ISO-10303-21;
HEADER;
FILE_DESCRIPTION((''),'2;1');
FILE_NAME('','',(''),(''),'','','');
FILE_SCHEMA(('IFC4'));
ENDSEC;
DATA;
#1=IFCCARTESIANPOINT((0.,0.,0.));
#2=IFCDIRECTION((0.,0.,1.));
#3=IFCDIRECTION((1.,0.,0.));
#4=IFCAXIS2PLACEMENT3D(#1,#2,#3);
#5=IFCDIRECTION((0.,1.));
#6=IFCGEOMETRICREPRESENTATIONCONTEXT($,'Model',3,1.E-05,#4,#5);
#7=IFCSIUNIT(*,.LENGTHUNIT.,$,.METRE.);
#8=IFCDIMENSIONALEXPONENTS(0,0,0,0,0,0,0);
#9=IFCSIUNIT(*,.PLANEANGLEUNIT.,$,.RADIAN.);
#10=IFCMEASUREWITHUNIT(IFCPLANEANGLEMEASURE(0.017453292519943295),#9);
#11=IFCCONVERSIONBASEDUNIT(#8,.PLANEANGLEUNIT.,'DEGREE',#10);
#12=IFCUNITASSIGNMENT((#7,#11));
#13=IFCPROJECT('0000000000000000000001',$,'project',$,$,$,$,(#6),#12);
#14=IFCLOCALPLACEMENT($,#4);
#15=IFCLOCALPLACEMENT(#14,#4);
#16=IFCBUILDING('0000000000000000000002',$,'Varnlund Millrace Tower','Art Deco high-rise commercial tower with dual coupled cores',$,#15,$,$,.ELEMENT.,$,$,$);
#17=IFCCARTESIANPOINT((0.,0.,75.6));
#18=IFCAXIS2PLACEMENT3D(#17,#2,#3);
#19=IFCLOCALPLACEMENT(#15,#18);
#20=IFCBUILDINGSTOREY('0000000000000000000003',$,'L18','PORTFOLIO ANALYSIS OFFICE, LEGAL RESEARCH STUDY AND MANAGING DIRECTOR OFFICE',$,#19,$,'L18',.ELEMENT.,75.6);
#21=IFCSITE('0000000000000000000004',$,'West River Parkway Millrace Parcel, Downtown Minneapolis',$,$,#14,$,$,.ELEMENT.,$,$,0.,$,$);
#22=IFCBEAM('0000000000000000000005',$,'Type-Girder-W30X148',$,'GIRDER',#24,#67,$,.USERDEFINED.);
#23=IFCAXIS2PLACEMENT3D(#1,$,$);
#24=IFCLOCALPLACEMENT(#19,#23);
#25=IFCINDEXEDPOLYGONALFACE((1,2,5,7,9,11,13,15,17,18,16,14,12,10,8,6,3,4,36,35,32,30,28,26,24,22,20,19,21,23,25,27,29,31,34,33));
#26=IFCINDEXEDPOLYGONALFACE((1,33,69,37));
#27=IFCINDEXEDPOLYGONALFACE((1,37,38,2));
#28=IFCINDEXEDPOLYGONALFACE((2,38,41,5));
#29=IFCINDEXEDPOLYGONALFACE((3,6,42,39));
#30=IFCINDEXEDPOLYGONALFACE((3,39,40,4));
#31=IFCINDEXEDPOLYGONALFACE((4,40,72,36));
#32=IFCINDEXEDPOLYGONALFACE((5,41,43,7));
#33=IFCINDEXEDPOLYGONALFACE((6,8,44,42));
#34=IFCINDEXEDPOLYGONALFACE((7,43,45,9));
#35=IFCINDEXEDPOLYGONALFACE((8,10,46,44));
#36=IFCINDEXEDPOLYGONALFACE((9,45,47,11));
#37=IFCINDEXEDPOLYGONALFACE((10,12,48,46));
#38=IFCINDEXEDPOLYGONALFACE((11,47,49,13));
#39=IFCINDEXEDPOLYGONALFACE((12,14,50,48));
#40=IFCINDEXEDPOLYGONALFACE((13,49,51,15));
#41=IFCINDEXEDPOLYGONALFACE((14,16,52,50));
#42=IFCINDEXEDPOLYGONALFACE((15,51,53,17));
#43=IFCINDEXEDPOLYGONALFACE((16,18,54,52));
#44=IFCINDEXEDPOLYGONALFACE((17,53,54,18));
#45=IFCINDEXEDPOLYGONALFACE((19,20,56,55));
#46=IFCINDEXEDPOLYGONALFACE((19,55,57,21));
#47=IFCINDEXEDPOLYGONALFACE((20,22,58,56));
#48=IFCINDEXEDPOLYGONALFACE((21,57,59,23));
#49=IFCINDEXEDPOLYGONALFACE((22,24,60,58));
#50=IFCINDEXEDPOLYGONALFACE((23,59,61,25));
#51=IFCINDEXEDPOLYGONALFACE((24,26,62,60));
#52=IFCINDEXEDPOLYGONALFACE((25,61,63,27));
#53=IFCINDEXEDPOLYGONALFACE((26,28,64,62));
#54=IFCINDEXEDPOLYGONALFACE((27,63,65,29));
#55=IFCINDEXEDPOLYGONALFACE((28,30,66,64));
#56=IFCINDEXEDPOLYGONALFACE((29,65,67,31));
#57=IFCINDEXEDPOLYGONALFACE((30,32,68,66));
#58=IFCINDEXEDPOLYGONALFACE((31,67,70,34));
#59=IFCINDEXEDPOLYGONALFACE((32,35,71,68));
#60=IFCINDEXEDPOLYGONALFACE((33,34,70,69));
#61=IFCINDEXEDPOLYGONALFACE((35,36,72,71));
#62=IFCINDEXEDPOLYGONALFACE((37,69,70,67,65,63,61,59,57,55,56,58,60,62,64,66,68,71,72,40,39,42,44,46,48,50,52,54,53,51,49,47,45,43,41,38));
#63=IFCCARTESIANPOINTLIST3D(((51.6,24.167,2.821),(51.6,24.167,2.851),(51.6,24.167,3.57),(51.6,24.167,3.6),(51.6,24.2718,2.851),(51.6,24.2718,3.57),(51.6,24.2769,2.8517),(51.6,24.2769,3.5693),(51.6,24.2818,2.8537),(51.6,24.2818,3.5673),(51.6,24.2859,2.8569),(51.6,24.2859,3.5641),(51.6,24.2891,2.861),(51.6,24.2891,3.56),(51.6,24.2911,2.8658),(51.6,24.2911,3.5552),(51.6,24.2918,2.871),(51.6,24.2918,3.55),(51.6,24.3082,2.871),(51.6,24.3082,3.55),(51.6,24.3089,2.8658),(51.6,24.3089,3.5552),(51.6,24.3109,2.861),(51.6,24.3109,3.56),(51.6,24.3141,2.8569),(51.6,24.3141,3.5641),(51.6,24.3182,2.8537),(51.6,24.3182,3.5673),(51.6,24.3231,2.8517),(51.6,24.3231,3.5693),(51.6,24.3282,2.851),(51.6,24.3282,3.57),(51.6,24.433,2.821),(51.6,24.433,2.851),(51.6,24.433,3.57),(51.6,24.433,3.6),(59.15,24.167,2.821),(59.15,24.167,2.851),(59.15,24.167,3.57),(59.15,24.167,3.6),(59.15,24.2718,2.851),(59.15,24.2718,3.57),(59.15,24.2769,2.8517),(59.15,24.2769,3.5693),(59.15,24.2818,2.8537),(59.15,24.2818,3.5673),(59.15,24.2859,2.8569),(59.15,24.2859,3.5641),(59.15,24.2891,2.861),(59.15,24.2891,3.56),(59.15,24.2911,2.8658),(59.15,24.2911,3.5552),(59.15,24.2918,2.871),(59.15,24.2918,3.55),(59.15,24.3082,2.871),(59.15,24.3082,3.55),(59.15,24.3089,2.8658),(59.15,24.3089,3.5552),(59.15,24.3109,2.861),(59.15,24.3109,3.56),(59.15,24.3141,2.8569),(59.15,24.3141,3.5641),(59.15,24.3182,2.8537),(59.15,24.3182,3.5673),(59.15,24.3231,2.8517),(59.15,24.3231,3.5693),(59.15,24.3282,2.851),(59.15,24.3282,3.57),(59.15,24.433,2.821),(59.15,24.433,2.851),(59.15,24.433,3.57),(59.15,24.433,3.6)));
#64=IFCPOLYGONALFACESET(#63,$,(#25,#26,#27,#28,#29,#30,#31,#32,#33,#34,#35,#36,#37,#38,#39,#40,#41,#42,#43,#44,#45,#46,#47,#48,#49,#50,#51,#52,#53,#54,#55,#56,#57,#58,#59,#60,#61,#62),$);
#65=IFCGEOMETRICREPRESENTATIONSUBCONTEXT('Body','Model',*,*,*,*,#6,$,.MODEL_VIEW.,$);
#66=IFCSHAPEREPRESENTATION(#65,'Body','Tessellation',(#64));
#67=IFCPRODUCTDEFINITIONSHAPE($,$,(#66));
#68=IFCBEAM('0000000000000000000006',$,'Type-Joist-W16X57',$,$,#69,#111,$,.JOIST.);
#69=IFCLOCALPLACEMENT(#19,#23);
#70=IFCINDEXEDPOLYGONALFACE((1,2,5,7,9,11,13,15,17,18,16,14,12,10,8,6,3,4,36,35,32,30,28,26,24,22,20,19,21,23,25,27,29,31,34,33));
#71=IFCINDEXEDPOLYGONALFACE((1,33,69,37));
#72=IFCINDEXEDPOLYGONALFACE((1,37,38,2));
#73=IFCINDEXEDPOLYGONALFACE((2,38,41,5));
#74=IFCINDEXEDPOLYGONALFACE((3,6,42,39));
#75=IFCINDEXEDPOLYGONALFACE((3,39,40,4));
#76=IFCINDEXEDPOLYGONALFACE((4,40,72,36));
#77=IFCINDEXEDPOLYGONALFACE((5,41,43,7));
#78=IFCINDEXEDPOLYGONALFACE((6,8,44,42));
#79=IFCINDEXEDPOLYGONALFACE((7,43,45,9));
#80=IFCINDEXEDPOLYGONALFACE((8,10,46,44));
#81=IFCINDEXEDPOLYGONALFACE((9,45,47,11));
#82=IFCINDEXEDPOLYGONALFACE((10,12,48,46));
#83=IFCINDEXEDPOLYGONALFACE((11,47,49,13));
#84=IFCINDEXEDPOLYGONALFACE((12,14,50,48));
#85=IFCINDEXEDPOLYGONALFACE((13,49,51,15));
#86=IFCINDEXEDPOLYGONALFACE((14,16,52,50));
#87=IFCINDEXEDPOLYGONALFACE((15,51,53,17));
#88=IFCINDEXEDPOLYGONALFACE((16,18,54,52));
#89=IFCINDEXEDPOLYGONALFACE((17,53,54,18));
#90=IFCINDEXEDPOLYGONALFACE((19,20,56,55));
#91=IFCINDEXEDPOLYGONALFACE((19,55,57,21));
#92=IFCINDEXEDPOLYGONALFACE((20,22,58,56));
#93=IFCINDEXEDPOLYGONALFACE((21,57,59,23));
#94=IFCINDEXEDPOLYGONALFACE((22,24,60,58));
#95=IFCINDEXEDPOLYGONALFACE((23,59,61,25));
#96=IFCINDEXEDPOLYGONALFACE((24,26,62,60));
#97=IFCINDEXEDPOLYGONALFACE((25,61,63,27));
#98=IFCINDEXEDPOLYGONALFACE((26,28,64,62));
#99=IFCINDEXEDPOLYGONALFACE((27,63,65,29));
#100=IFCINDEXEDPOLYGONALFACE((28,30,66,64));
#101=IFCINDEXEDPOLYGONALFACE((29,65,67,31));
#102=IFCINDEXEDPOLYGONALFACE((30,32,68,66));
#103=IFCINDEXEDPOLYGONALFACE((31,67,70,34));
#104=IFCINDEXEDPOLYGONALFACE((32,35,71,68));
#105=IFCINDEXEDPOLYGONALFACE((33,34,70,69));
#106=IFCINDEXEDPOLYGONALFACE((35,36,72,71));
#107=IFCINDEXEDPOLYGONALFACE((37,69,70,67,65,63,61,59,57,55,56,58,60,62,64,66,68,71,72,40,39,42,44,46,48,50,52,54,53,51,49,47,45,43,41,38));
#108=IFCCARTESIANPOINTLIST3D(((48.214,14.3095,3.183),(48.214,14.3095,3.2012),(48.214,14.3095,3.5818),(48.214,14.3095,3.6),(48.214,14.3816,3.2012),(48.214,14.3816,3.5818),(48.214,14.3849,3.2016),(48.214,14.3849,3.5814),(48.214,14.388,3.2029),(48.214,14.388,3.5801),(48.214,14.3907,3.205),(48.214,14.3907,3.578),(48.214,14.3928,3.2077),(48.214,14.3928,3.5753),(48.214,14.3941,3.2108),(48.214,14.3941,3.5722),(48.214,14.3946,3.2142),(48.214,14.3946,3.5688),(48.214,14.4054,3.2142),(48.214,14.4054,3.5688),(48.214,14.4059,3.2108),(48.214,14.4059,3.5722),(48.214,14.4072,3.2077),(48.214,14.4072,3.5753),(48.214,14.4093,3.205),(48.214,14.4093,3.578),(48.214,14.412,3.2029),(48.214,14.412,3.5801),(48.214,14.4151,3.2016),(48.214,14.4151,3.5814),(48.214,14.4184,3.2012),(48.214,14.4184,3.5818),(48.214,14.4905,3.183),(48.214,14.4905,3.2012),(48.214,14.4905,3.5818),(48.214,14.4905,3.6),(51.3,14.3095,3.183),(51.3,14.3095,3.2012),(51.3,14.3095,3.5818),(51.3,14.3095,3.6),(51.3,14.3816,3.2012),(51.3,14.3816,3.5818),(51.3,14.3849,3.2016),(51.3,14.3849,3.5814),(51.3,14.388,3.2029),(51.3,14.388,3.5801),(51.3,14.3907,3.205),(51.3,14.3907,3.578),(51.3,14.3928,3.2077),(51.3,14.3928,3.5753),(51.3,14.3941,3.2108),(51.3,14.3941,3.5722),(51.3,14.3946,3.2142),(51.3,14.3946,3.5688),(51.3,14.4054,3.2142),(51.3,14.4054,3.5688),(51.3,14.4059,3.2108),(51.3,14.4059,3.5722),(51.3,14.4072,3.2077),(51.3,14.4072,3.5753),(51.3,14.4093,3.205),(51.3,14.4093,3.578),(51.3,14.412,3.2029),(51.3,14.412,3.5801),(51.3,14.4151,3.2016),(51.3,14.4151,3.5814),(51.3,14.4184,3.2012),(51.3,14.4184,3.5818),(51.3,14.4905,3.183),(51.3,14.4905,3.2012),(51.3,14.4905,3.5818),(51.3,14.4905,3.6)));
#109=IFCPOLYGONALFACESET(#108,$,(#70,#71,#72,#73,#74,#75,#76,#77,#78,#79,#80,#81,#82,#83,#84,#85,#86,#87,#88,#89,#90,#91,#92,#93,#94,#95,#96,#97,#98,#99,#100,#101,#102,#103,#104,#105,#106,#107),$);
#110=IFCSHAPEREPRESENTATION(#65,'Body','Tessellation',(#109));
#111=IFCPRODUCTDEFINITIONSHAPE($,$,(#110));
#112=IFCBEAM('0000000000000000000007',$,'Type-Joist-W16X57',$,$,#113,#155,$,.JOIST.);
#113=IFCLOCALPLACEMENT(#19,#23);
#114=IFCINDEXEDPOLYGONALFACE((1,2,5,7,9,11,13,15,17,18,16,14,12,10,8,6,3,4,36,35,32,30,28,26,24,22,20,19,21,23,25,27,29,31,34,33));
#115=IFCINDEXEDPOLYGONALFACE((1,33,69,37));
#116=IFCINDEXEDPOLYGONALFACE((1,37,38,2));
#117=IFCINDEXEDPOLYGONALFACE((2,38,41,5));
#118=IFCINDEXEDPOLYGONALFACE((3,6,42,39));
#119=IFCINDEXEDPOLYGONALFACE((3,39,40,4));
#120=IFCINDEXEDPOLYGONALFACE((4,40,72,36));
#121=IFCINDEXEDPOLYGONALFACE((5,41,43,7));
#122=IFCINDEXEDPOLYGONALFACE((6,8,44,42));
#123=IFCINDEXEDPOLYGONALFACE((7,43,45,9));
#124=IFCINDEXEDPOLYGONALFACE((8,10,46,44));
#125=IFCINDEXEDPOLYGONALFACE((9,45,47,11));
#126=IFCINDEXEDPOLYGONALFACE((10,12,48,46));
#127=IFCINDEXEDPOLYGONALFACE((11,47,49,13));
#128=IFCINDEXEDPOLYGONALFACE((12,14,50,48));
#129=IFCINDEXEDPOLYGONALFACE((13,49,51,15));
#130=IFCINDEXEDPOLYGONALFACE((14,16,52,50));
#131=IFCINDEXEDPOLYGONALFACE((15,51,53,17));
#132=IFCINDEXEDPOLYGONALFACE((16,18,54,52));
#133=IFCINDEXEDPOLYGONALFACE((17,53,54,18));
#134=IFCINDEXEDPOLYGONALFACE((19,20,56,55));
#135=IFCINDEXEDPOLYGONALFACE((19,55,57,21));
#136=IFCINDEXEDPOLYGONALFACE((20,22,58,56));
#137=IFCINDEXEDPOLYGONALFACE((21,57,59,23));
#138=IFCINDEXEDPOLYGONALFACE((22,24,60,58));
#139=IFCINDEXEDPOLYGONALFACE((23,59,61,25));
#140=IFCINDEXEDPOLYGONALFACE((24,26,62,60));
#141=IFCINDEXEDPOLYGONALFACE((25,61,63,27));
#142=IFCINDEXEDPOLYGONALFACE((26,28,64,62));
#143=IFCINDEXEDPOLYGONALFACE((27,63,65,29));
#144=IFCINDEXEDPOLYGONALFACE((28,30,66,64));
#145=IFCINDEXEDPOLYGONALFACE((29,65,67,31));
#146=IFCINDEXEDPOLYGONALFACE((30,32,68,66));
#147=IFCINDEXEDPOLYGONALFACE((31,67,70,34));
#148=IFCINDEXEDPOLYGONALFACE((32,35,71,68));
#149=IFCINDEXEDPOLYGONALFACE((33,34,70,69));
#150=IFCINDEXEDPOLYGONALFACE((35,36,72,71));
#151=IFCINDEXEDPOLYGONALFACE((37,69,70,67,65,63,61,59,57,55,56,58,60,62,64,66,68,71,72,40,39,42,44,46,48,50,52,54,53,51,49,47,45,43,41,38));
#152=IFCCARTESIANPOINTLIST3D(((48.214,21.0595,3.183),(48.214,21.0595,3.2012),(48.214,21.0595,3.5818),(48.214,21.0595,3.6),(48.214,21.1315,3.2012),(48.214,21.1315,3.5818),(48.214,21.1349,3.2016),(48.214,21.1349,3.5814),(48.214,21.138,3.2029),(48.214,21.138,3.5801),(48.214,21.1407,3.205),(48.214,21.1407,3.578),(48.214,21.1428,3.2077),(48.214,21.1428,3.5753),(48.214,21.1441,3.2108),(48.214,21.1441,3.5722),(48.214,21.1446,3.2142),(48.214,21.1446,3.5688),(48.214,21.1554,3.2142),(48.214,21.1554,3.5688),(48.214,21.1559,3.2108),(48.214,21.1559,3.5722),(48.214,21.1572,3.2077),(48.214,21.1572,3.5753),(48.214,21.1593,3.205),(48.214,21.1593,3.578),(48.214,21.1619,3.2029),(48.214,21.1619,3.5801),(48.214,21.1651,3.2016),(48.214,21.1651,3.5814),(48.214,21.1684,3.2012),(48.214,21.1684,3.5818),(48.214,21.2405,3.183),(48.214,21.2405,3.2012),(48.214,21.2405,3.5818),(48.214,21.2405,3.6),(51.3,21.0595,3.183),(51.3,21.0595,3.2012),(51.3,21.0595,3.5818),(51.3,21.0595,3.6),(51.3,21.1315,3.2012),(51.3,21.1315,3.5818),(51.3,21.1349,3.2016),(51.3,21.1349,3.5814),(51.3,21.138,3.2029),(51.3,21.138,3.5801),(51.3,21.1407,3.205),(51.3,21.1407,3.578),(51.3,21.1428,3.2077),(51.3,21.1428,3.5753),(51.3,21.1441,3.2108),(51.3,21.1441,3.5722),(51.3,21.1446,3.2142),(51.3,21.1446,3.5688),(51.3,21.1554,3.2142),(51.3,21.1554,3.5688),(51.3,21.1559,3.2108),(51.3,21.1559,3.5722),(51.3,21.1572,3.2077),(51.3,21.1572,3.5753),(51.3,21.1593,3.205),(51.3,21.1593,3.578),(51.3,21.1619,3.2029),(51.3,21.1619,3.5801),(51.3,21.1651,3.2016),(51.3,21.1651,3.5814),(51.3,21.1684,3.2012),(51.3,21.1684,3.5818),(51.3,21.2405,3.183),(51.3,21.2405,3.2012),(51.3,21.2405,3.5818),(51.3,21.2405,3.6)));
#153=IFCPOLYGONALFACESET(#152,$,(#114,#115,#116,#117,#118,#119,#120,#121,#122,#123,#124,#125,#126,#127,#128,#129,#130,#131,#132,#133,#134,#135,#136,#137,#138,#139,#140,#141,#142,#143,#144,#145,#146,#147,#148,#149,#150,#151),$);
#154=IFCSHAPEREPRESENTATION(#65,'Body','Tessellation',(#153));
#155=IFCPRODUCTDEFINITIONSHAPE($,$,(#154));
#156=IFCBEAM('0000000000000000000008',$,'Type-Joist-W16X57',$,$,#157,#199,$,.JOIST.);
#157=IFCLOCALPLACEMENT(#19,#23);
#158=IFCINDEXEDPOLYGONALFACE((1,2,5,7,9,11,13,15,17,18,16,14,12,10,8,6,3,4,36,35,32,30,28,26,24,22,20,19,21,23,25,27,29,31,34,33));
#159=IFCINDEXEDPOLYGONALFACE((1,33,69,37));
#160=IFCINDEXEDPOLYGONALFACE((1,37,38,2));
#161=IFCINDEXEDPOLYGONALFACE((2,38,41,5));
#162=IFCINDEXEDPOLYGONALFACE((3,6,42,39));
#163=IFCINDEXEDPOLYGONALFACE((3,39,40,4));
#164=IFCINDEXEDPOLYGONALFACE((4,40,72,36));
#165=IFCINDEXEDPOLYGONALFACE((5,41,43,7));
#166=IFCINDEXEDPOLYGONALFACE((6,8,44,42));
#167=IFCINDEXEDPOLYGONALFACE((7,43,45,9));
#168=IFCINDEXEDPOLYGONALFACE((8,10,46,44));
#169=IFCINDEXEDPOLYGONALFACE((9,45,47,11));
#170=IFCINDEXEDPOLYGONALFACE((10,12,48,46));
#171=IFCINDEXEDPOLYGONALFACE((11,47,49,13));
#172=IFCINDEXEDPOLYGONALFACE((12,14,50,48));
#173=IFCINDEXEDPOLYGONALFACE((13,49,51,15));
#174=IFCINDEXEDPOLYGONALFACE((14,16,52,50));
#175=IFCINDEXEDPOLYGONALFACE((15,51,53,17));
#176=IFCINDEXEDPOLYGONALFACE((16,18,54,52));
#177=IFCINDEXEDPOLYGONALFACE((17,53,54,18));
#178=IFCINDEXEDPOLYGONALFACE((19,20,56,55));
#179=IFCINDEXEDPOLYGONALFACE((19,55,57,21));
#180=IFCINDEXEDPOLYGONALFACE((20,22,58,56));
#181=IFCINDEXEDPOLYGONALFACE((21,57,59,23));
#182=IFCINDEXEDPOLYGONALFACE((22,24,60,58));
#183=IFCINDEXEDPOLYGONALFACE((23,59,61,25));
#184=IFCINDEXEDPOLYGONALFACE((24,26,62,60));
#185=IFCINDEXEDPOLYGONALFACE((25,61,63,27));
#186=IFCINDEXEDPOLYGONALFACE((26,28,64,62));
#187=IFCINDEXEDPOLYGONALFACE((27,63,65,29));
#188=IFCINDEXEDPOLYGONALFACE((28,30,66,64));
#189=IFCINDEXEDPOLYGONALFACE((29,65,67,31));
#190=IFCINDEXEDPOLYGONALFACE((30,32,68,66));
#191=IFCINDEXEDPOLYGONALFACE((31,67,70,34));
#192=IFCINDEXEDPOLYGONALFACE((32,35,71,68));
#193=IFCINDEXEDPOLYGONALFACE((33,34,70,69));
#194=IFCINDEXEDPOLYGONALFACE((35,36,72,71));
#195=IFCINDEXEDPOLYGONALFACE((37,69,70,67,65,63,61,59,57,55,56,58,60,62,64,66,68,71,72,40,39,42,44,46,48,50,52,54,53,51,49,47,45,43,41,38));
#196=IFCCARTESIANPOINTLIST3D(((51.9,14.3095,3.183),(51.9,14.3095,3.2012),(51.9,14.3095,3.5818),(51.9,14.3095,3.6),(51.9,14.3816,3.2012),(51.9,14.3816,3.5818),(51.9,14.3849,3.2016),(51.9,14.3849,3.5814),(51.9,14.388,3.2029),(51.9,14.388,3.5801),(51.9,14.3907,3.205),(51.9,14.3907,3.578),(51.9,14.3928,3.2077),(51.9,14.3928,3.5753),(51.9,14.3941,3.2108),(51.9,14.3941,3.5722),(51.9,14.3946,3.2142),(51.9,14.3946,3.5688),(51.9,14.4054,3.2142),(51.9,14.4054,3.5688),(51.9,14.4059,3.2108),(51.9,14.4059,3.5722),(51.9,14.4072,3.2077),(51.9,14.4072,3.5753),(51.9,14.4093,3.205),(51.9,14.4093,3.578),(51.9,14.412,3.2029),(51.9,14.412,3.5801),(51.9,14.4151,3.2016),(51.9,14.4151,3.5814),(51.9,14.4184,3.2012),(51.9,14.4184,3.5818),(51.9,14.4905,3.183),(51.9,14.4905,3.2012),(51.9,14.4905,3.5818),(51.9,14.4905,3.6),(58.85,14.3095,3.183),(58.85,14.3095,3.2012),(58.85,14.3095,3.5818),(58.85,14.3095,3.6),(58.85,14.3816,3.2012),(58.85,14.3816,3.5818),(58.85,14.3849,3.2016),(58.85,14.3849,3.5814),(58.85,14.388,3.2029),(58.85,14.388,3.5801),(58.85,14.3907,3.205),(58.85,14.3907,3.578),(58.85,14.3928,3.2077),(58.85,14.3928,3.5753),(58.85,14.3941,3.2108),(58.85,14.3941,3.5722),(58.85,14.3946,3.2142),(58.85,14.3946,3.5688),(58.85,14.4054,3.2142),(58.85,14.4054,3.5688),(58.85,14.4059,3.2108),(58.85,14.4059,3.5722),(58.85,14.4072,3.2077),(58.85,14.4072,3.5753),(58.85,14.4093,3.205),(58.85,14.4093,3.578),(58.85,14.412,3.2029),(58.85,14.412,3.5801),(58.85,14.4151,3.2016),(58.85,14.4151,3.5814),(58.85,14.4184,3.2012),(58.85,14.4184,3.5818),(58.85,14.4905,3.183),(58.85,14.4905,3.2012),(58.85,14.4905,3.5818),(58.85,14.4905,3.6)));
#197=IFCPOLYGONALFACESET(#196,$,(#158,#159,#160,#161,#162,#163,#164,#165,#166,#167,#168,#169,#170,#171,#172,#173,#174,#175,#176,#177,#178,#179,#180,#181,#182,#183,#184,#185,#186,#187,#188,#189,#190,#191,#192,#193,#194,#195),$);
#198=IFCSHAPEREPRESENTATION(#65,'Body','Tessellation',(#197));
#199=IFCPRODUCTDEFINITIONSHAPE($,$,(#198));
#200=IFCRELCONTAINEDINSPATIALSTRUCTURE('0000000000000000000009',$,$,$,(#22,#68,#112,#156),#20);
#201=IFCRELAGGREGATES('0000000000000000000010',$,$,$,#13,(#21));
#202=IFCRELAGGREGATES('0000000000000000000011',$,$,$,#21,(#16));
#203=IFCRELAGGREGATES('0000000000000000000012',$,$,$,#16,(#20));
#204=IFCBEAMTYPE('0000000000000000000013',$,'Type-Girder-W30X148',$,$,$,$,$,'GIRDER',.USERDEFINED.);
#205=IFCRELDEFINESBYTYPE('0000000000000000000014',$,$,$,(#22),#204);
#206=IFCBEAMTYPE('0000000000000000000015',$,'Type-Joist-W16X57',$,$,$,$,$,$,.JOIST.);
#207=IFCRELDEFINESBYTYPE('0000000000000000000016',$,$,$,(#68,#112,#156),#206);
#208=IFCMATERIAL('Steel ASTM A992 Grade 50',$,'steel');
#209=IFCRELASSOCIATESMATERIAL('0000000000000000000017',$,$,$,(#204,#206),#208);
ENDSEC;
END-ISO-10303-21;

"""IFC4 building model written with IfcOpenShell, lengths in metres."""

from ifc_helpers import new_model, entity, si_unit, converted_unit, direction, frame, origin_with_axes, origin_2d_with_axis, place, context, subcontext, project, spatial, i_section, extrude, material, material_profile, profile_set, type_object, element, save


model = new_model("IFC4")

# Units and contexts
model_context = context("Model", 3, precision=1e-05, world=origin_with_axes(), true_north=direction((0.0, 1.0)))
body_context = subcontext(model_context, "Body", "Model", "MODEL_VIEW")
ifc_project = project(units=[si_unit("LENGTHUNIT", "METRE"), converted_unit("PLANEANGLEUNIT", "DEGREE", entity("IfcPlaneAngleMeasure", 0.017453292519943295), si_unit("PLANEANGLEUNIT", "RADIAN"), dimensions=[0, 0, 0, 0, 0, 0, 0])], contexts=[model_context])

# Site, building, storey
site_placement = place(None, origin_with_axes())
site = spatial("IfcSite", under=ifc_project, at=site_placement, Name="West River Parkway Millrace Parcel, Downtown Minneapolis", CompositionType="ELEMENT", RefElevation=0.0)
building_placement = place(site_placement, origin_with_axes())
building = spatial("IfcBuilding", under=site, at=building_placement, Name="Varnlund Millrace Tower", Description="Art Deco high-rise commercial tower with dual coupled cores", CompositionType="ELEMENT")
storey_placement = place(building_placement, frame((0.0, 0.0, 75.6), z_axis=(0.0, 0.0, 1.0), x_axis=(1.0, 0.0, 0.0)))
storey = spatial("IfcBuildingStorey", under=building, at=storey_placement, Name="L18", Description="PORTFOLIO ANALYSIS OFFICE, LEGAL RESEARCH STUDY AND MANAGING DIRECTOR OFFICE", LongName="L18", CompositionType="ELEMENT", Elevation=75.6)

# Beams
ifc_material_1 = material(Name="Steel ASTM A992 Grade 50", Category="steel")
ifc_material_profile_1 = material_profile(ifc_material_1, i_section(OverallWidth=0.266, OverallDepth=0.779, WebThickness=0.0165, FlangeThickness=0.03, FilletRadius=0.02, at=origin_2d_with_axis()), Name="Steel ASTM A992 Grade 50")
ifc_profile_set_1 = profile_set([ifc_material_profile_1], Name="Steel ASTM A992 Grade 50")
beam_type_1 = type_object("IfcBeamType", Name="Type-Girder-W30X148", ElementType="GIRDER", PredefinedType="USERDEFINED", material=ifc_profile_set_1)
beam_1_placement = place(storey_placement, frame((51.6, 24.3, 3.2105), z_axis=(1.0, 0.0, 0.0), x_axis=(0.0, 1.0, 0.0)))
element("IfcBeam", 1, at=beam_1_placement, inside=storey, type_object=beam_type_1, Name="Type-Girder-W30X148", ObjectType="GIRDER", PredefinedType="USERDEFINED", context=body_context, shape_type="SweptSolid", body=[
    extrude(i_section(OverallWidth=0.266, OverallDepth=0.779, WebThickness=0.0165, FlangeThickness=0.03, FilletRadius=0.02, at=origin_2d_with_axis()), origin_with_axes(), (0.0, 0.0, 1.0), 7.55),
])
ifc_material_profile_2 = material_profile(ifc_material_1, i_section(OverallWidth=0.181, OverallDepth=0.417, WebThickness=0.0109, FlangeThickness=0.0182, FilletRadius=0.013, at=origin_2d_with_axis()), Name="Steel ASTM A992 Grade 50")
ifc_profile_set_2 = profile_set([ifc_material_profile_2], Name="Steel ASTM A992 Grade 50")
beam_type_2 = type_object("IfcBeamType", Name="Type-Joist-W16X57", PredefinedType="JOIST", material=ifc_profile_set_2)
for number, where, z_axis, x_axis, name in (
    (2, (48.214, 14.4, 3.3915), (1.0, 0.0, 0.0), (0.0, 1.0, 0.0), "Type-Joist-W16X57"),
    (3, (48.214, 21.15, 3.3915), (1.0, 0.0, 0.0), (0.0, 1.0, 0.0), "Type-Joist-W16X57"),
):
    element("IfcBeam", number, at=place(storey_placement, frame(where, z_axis=z_axis, x_axis=x_axis)), inside=storey, type_object=beam_type_2, Name=name, PredefinedType="JOIST", context=body_context, shape_type="SweptSolid", body=[
        extrude(i_section(OverallWidth=0.181, OverallDepth=0.417, WebThickness=0.0109, FlangeThickness=0.0182, FilletRadius=0.013, at=origin_2d_with_axis()), origin_with_axes(), (0.0, 0.0, 1.0), 3.086),
    ])
for number, where, z_axis, x_axis, name in (
    (4, (51.9, 14.4, 3.3915), (1.0, 0.0, 0.0), (0.0, 1.0, 0.0), "Type-Joist-W16X57"),
):
    element("IfcBeam", number, at=place(storey_placement, frame(where, z_axis=z_axis, x_axis=x_axis)), inside=storey, type_object=beam_type_2, Name=name, PredefinedType="JOIST", context=body_context, shape_type="SweptSolid", body=[
        extrude(i_section(OverallWidth=0.181, OverallDepth=0.417, WebThickness=0.0109, FlangeThickness=0.0182, FilletRadius=0.013, at=origin_2d_with_axis()), origin_with_axes(), (0.0, 0.0, 1.0), 6.95),
    ])

save(model, "model.ifc")
